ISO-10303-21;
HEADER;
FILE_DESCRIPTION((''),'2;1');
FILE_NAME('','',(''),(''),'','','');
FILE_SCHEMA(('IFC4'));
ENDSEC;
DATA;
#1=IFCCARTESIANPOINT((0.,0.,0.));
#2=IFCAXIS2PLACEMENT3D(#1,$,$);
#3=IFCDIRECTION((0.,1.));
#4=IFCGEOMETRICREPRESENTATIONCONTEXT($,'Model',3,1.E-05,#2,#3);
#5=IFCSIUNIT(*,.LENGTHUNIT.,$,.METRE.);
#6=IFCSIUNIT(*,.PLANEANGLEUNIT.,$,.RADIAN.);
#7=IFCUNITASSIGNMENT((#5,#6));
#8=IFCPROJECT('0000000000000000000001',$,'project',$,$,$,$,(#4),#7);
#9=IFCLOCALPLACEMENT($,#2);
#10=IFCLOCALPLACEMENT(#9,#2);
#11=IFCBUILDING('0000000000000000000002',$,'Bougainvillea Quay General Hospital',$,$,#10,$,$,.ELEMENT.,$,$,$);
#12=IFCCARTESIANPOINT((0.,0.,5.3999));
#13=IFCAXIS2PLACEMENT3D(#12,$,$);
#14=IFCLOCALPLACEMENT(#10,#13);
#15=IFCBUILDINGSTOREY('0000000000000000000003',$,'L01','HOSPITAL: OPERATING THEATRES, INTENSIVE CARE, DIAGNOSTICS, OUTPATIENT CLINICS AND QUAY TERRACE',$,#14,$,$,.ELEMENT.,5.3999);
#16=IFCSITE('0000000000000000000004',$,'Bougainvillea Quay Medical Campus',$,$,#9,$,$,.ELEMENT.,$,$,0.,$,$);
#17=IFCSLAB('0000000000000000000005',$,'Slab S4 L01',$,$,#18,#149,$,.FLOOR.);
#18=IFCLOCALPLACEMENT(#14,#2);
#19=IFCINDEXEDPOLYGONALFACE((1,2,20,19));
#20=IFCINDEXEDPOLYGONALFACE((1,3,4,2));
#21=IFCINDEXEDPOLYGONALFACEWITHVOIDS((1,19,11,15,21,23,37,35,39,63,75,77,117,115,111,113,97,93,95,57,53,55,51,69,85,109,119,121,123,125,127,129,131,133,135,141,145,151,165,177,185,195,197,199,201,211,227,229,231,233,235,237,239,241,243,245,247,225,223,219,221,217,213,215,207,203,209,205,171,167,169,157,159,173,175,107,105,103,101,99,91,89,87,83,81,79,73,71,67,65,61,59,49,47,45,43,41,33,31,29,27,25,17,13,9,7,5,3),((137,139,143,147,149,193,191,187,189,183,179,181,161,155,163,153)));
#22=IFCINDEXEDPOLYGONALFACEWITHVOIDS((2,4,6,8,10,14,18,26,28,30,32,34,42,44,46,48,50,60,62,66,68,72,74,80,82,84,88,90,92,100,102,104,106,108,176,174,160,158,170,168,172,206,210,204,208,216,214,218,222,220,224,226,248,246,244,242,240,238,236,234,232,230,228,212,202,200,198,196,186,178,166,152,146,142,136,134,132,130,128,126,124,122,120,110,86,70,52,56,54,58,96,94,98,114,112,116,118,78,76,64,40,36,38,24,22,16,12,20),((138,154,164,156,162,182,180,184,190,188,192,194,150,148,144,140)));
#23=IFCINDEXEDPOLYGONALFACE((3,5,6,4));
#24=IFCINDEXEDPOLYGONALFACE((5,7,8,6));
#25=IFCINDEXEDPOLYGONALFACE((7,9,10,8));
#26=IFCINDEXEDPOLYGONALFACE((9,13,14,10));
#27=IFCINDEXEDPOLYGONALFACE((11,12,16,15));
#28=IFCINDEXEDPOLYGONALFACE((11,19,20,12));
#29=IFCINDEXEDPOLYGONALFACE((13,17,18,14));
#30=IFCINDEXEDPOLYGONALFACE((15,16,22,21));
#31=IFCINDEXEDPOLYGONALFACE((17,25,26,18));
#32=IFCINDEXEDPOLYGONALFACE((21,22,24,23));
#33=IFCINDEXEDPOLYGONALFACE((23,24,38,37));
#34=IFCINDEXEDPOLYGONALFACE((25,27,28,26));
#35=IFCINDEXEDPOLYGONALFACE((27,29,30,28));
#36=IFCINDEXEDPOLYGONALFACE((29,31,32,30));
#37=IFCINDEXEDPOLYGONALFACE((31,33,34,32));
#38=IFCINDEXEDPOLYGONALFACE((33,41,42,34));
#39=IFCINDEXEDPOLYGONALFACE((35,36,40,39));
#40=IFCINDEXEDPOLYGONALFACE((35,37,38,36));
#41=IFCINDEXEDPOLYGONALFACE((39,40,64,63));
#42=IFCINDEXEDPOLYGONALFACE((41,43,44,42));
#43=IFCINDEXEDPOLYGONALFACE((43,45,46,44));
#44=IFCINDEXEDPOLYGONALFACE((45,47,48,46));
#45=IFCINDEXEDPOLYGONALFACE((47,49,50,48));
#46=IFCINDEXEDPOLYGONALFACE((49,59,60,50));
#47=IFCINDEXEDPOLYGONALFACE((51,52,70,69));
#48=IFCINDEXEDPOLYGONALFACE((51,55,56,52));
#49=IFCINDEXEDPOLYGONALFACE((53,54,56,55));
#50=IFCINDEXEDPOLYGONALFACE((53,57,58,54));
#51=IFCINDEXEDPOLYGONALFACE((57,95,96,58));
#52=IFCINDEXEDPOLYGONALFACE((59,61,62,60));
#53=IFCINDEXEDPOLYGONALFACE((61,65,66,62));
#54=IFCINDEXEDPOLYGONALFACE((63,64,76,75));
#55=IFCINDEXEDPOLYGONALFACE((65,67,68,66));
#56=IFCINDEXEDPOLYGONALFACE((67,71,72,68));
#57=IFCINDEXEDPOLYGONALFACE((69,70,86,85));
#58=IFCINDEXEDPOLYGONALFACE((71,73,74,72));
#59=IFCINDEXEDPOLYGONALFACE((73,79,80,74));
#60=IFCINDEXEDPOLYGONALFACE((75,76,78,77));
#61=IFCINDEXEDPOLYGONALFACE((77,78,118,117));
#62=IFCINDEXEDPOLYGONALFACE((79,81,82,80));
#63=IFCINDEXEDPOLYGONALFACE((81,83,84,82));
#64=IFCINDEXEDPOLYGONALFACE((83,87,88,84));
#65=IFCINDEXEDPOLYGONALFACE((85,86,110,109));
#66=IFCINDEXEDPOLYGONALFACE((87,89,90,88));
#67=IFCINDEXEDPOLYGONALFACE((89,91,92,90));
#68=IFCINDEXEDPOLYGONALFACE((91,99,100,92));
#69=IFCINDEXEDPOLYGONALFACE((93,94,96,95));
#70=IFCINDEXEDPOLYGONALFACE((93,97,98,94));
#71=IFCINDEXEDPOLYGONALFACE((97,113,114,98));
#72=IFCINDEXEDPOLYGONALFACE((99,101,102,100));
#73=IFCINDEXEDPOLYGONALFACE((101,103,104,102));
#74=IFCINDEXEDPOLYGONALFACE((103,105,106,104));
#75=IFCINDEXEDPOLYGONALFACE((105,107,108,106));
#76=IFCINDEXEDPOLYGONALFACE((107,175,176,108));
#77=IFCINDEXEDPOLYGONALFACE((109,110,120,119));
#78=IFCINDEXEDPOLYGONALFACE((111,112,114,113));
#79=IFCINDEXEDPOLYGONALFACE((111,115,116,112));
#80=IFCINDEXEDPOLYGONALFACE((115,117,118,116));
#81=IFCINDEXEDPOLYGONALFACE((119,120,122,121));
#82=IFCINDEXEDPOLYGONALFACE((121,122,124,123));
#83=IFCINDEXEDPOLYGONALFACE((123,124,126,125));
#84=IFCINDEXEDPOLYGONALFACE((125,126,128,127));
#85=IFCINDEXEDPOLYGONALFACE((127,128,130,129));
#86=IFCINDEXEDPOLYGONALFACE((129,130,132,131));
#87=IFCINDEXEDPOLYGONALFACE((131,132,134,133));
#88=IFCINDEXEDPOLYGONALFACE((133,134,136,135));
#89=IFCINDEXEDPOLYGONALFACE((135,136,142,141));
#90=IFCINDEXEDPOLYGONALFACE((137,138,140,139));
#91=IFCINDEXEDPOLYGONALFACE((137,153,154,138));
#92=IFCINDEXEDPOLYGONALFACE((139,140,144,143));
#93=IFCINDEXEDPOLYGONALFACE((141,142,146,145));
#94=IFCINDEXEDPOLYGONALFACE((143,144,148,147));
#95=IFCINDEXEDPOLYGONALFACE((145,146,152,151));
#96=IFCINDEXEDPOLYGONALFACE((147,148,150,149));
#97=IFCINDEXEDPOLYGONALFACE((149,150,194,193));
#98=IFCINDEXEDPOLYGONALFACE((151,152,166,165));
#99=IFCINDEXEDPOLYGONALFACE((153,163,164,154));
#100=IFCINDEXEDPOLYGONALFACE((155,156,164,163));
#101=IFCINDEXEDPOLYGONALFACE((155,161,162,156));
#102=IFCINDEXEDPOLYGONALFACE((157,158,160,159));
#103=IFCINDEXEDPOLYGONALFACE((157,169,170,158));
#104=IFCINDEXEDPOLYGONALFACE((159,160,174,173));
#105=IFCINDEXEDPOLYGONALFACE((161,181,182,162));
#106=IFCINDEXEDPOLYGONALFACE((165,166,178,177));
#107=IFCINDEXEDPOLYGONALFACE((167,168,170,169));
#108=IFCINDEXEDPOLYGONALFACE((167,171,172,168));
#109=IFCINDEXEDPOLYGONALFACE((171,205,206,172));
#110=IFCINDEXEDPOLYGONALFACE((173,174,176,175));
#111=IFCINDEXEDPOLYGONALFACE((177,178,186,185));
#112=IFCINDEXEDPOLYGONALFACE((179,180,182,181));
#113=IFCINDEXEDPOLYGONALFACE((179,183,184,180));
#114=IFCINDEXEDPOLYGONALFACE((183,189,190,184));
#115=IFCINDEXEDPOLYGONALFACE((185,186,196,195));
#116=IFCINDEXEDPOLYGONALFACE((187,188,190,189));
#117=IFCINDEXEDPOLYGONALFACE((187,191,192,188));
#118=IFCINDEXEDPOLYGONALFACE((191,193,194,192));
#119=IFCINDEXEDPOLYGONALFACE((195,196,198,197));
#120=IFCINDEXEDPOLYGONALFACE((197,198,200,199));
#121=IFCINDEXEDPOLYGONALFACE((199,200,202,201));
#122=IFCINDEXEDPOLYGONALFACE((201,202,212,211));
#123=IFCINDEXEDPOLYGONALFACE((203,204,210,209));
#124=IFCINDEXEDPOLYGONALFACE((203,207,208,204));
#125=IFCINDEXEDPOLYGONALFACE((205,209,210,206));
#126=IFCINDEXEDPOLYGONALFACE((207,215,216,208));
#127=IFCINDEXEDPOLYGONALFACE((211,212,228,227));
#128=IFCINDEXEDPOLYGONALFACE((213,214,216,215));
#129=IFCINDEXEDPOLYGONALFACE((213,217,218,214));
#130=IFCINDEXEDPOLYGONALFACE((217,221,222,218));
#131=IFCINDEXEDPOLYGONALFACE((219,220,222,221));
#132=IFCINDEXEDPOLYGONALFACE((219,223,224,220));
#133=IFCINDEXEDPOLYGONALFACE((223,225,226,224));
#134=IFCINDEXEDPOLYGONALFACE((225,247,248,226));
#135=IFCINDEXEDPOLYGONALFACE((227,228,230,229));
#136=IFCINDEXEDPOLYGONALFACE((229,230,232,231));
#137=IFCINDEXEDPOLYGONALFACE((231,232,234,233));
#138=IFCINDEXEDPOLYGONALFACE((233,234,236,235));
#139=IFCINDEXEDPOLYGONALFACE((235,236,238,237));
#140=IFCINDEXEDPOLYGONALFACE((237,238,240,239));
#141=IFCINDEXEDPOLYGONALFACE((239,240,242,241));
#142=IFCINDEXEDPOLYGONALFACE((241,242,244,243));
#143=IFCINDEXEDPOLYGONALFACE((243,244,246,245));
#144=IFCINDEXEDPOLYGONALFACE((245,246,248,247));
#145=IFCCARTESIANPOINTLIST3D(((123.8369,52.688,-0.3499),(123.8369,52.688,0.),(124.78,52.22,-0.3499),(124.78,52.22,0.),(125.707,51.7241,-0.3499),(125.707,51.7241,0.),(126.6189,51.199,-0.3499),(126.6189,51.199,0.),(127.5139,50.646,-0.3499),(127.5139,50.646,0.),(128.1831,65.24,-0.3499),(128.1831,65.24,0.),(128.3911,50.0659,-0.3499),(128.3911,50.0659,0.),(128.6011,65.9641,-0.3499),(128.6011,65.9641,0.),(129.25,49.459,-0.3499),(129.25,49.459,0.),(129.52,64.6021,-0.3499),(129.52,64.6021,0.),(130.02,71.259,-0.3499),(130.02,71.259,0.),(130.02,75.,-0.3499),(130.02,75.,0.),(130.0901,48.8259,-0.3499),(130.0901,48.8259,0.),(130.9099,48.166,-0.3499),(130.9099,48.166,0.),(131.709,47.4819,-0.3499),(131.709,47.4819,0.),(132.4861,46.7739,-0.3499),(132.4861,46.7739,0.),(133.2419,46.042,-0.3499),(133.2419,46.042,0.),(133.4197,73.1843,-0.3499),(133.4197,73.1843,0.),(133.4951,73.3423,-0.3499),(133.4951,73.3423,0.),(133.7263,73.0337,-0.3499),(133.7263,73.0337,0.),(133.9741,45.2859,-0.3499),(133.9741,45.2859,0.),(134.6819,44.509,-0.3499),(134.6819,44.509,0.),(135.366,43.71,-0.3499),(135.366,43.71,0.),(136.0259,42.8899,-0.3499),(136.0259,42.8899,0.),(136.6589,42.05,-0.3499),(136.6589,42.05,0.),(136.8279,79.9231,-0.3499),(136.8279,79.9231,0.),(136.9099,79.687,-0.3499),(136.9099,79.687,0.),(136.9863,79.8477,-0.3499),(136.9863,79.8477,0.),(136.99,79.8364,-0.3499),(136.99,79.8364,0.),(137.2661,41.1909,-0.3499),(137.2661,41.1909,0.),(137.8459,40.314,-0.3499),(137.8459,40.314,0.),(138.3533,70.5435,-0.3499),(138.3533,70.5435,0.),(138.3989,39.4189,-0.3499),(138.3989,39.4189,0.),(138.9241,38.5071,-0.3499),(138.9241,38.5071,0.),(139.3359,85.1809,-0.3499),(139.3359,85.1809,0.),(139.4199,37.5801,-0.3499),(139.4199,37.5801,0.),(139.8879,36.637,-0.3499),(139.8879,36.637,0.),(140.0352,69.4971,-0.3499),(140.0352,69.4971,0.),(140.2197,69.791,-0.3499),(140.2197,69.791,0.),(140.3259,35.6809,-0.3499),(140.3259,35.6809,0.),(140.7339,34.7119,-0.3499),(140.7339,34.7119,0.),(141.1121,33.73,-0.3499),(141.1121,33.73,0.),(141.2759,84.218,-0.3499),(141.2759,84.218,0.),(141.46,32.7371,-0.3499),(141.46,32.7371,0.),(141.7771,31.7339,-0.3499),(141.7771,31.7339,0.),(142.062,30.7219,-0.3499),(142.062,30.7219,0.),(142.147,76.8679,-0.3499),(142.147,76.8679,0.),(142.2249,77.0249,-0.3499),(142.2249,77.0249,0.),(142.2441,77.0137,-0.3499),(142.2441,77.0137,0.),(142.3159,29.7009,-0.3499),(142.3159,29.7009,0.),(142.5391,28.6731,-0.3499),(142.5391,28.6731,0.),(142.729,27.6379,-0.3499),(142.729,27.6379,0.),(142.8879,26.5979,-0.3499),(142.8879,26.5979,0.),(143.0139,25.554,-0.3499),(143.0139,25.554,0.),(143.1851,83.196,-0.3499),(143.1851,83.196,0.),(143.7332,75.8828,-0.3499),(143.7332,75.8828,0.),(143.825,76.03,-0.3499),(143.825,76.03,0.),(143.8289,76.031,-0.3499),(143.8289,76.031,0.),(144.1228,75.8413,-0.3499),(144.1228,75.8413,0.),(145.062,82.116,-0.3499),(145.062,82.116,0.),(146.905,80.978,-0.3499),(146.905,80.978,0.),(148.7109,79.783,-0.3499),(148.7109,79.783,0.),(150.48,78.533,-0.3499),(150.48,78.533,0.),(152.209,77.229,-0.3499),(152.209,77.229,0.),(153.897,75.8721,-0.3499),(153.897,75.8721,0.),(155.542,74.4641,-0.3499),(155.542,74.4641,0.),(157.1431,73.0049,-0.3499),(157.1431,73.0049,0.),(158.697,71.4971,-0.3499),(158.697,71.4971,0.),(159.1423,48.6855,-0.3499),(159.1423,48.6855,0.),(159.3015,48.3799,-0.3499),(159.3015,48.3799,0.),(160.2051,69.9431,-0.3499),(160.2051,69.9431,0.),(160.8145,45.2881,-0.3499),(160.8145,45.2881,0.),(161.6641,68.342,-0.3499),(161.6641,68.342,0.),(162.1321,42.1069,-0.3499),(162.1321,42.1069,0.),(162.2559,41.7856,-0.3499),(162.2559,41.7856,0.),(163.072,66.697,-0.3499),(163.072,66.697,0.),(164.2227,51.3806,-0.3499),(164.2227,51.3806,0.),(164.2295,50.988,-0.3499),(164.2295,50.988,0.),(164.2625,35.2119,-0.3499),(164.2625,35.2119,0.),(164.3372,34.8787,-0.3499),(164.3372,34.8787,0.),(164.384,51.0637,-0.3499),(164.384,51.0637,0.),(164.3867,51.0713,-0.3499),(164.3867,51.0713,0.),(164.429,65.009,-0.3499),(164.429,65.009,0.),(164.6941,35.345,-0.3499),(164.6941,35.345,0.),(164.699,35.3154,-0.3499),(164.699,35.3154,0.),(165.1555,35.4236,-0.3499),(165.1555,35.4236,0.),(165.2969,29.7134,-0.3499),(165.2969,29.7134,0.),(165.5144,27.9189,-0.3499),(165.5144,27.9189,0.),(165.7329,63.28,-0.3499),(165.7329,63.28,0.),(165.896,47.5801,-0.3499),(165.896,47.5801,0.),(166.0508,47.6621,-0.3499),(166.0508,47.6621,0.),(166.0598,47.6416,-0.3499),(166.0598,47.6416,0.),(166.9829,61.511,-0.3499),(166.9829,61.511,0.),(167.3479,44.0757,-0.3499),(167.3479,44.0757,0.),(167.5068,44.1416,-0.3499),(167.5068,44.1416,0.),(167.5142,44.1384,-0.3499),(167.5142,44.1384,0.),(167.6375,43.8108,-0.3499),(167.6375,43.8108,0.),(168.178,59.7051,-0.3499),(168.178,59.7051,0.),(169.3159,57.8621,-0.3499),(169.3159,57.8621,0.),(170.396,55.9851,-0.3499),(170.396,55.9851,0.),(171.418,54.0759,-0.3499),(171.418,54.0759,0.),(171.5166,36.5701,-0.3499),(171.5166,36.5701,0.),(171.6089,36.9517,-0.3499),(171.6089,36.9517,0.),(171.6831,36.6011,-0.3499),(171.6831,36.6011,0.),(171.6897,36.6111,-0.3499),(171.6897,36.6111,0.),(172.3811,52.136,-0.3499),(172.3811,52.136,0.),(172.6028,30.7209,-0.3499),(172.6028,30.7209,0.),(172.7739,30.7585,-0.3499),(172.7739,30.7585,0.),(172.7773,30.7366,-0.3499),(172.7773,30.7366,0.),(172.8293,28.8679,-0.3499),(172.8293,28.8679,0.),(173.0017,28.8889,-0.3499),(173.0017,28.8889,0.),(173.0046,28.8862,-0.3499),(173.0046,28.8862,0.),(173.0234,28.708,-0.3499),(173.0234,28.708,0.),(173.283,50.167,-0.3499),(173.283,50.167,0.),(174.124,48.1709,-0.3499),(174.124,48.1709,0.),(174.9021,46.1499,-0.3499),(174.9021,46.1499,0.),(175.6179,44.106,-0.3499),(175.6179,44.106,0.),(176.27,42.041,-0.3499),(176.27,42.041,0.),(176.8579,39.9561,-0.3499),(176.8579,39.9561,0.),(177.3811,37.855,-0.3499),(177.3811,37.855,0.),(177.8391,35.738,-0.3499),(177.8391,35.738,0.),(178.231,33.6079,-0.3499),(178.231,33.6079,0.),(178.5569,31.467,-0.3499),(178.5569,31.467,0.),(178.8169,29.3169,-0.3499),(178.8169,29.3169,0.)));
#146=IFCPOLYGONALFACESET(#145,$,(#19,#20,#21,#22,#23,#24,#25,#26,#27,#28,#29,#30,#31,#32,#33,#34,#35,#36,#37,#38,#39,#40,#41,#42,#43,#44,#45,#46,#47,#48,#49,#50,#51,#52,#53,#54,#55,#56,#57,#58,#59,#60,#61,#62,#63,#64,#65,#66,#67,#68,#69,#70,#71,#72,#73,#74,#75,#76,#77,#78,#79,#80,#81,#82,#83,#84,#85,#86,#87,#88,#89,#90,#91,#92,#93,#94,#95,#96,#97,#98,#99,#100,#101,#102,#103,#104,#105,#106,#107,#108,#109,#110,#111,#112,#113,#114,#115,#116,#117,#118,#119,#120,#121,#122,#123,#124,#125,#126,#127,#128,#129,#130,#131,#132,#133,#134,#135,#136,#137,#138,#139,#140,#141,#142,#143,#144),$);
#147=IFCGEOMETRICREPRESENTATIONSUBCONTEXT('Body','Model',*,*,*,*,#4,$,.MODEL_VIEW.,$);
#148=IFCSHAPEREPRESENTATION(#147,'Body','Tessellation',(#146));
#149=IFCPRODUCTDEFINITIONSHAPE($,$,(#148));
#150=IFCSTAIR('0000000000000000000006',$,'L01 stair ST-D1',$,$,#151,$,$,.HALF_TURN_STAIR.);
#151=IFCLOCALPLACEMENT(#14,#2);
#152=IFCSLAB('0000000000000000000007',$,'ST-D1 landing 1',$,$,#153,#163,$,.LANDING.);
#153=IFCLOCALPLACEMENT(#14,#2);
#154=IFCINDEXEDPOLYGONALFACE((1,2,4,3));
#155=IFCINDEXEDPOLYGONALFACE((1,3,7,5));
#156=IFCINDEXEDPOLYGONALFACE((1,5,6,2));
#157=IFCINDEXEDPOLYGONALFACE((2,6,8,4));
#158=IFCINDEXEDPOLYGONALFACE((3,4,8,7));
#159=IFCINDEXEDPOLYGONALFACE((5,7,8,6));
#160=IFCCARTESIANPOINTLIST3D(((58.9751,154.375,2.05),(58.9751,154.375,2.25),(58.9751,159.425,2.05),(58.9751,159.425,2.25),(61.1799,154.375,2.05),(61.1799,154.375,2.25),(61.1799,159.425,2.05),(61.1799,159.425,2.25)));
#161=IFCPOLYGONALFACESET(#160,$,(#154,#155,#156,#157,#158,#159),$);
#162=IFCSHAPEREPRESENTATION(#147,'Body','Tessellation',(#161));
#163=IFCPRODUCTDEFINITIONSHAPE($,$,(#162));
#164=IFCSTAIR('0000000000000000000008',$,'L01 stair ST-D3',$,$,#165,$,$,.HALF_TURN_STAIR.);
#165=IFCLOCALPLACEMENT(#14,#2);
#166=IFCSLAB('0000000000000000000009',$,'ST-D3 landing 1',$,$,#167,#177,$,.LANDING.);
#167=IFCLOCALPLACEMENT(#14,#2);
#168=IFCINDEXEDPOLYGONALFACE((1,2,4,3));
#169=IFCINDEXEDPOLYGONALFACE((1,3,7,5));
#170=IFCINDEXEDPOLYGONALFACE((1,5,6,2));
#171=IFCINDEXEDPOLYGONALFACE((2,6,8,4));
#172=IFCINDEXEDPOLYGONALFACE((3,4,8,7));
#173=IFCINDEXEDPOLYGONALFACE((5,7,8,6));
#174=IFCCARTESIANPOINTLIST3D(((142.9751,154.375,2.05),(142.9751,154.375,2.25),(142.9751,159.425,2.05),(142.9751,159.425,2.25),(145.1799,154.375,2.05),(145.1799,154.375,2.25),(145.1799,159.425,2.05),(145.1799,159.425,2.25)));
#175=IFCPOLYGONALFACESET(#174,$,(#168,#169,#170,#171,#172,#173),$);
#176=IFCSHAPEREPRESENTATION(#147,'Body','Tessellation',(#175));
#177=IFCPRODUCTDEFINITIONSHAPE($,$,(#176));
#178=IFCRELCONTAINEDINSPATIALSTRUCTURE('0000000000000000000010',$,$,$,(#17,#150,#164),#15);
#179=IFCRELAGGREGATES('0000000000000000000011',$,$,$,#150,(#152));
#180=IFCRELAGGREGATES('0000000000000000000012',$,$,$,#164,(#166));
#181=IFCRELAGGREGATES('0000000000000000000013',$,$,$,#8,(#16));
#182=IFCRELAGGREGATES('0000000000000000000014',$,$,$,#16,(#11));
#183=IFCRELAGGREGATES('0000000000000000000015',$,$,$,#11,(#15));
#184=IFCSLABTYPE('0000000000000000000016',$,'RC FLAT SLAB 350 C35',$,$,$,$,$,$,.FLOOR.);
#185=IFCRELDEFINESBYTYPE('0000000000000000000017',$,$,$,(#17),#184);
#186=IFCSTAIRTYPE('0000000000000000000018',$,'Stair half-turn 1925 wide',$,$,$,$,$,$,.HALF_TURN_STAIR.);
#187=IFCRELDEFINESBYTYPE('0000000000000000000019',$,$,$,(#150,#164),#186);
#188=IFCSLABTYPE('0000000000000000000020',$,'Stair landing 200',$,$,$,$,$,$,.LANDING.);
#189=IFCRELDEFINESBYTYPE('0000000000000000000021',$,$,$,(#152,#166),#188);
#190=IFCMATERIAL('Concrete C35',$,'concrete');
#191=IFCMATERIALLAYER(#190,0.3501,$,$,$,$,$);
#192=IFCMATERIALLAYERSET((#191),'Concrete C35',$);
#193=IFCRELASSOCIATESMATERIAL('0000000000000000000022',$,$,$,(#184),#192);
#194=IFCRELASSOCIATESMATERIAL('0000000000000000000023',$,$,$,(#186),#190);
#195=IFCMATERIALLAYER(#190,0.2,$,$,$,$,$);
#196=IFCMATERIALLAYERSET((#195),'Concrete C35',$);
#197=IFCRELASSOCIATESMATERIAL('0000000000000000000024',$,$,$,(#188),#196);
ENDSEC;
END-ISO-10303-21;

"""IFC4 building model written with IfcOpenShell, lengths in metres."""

from ifc_helpers import new_model, si_unit, direction, frame, origin, place, context, subcontext, project, spatial, polyline, outline, extrude, material, layer, layer_set, type_object, element, aggregate, save


model = new_model("IFC4")

# Units and contexts
model_context = context("Model", 3, precision=1e-05, world=origin(), true_north=direction((0.0, 1.0)))
body_context = subcontext(model_context, "Body", "Model", "MODEL_VIEW")
ifc_project = project(units=[si_unit("LENGTHUNIT", "METRE"), si_unit("PLANEANGLEUNIT", "RADIAN")], contexts=[model_context])

# Site, building, storey
site_placement = place(None, origin())
site = spatial("IfcSite", under=ifc_project, at=site_placement, Name="Bougainvillea Quay Medical Campus", CompositionType="ELEMENT", RefElevation=0.0)
building_placement = place(site_placement, origin())
building = spatial("IfcBuilding", under=site, at=building_placement, Name="Bougainvillea Quay General Hospital", CompositionType="ELEMENT")
storey_placement = place(building_placement, frame((0.0, 0.0, 5.3999)))
storey = spatial("IfcBuildingStorey", under=building, at=storey_placement, Name="L01", Description="HOSPITAL: OPERATING THEATRES, INTENSIVE CARE, DIAGNOSTICS, OUTPATIENT CLINICS AND QUAY TERRACE", CompositionType="ELEMENT", Elevation=5.3999)

# Slab
ifc_material_1 = material(Name="Concrete C35", Category="concrete")
ifc_layer_1 = layer(ifc_material_1, 0.3501)
ifc_layer_set_1 = layer_set([ifc_layer_1], Name="Concrete C35")
slab_type_1 = type_object("IfcSlabType", Name="RC FLAT SLAB 350 C35", PredefinedType="FLOOR", material=ifc_layer_set_1)
slab_1_placement = place(storey_placement, frame((0.0, 0.0, -0.3499)))
element("IfcSlab", 1, at=slab_1_placement, inside=storey, type_object=slab_type_1, Name="Slab S4 L01", PredefinedType="FLOOR", context=body_context, shape_type="SweptSolid", body=[
    extrude(outline(polyline([(166.9829, 61.511), (168.178, 59.7051), (169.3159, 57.8621), (170.396, 55.9851), (171.418, 54.0759), (172.3811, 52.136), (173.283, 50.167), (174.124, 48.1709), (174.9021, 46.1499), (175.6179, 44.106), (176.27, 42.041), (176.8579, 39.9561), (177.3811, 37.855), (177.8391, 35.738), (178.231, 33.6079), (178.5569, 31.467), (178.8169, 29.3169), (173.0234, 28.708), (173.0046, 28.8862), (172.8293, 28.8679), (173.0017, 28.8889), (172.7773, 30.7366), (172.6028, 30.7209), (172.7739, 30.7585), (171.6831, 36.6011), (171.5166, 36.5701), (171.6897, 36.6111), (171.6089, 36.9517), (165.1555, 35.4236), (164.6941, 35.345), (164.6941, 35.345), (164.699, 35.3154), (164.2625, 35.2119), (164.3372, 34.8787), (165.2969, 29.7134), (165.5144, 27.9189), (143.0139, 25.554), (142.8879, 26.5979), (142.729, 27.6379), (142.5391, 28.6731), (142.3159, 29.7009), (142.062, 30.7219), (141.7771, 31.7339), (141.46, 32.7371), (141.1121, 33.73), (140.7339, 34.7119), (140.3259, 35.6809), (139.8879, 36.637), (139.4199, 37.5801), (138.9241, 38.5071), (138.3989, 39.4189), (137.8459, 40.314), (137.2661, 41.1909), (136.6589, 42.05), (136.0259, 42.8899), (135.366, 43.71), (134.6819, 44.509), (133.9741, 45.2859), (133.2419, 46.042), (132.4861, 46.7739), (131.709, 47.4819), (130.9099, 48.166), (130.0901, 48.8259), (129.25, 49.459), (128.3911, 50.0659), (127.5139, 50.646), (126.6189, 51.199), (125.707, 51.7241), (124.78, 52.22), (123.8369, 52.688), (129.52, 64.6021), (128.1831, 65.24), (128.6011, 65.9641), (130.02, 71.259), (130.02, 75.0), (133.4951, 73.3423), (133.4197, 73.1843), (133.7263, 73.0337), (138.3533, 70.5435), (140.0352, 69.4971), (140.2197, 69.791), (144.1228, 75.8413), (143.8289, 76.031), (143.7332, 75.8828), (143.825, 76.03), (142.2441, 77.0137), (142.147, 76.8679), (142.2249, 77.0249), (136.99, 79.8364), (136.9099, 79.687), (136.9863, 79.8477), (136.8279, 79.9231), (139.3359, 85.1809), (141.2759, 84.218), (143.1851, 83.196), (145.062, 82.116), (146.905, 80.978), (148.7109, 79.783), (150.48, 78.533), (152.209, 77.229), (153.897, 75.8721), (155.542, 74.4641), (157.1431, 73.0049), (158.697, 71.4971), (160.2051, 69.9431), (161.6641, 68.342), (163.072, 66.697), (164.429, 65.009), (165.7329, 63.28), (166.9829, 61.511)]), holes=[polyline([(164.3867, 51.0713), (164.2227, 51.3806), (159.1423, 48.6855), (159.3015, 48.3799), (160.8145, 45.2881), (162.1321, 42.1069), (162.2559, 41.7856), (167.6375, 43.8108), (167.5142, 44.1384), (167.3479, 44.0757), (167.5068, 44.1416), (166.0598, 47.6416), (165.896, 47.5801), (166.0508, 47.6621), (164.384, 51.0637), (164.2295, 50.988), (164.3867, 51.0713)])]), origin(), (0.0, 0.0, 1.0), 0.3499),
])

# Stairs, slabs
stair_type_1 = type_object("IfcStairType", Name="Stair half-turn 1925 wide", PredefinedType="HALF_TURN_STAIR", material=ifc_material_1)
stair_1_placement = place(storey_placement, origin())
stair_1 = element("IfcStair", 2, at=stair_1_placement, inside=storey, type_object=stair_type_1, Name="L01 stair ST-D1", PredefinedType="HALF_TURN_STAIR")
ifc_layer_2 = layer(ifc_material_1, 0.2)
ifc_layer_set_2 = layer_set([ifc_layer_2], Name="Concrete C35")
slab_type_2 = type_object("IfcSlabType", Name="Stair landing 200", PredefinedType="LANDING", material=ifc_layer_set_2)
slab_2_placement = place(storey_placement, frame((0.0, 0.0, 2.05)))
slab_2 = element("IfcSlab", 3, at=slab_2_placement, type_object=slab_type_2, Name="ST-D1 landing 1", PredefinedType="LANDING", context=body_context, shape_type="SweptSolid", body=[
    extrude(outline(polyline([(61.1799, 159.425), (58.9751, 159.425), (58.9751, 154.375), (61.1799, 154.375), (61.1799, 159.425)])), origin(), (0.0, 0.0, 1.0), 0.2),
])
aggregate(stair_1, [slab_2])
stair_2_placement = place(storey_placement, origin())
stair_2 = element("IfcStair", 4, at=stair_2_placement, inside=storey, type_object=stair_type_1, Name="L01 stair ST-D3", PredefinedType="HALF_TURN_STAIR")
slab_3_placement = place(storey_placement, frame((0.0, 0.0, 2.05)))
slab_3 = element("IfcSlab", 5, at=slab_3_placement, type_object=slab_type_2, Name="ST-D3 landing 1", PredefinedType="LANDING", context=body_context, shape_type="SweptSolid", body=[
    extrude(outline(polyline([(145.1799, 159.425), (142.9751, 159.425), (142.9751, 154.375), (145.1799, 154.375), (145.1799, 159.425)])), origin(), (0.0, 0.0, 1.0), 0.2),
])
aggregate(stair_2, [slab_3])

save(model, "model.ifc")
